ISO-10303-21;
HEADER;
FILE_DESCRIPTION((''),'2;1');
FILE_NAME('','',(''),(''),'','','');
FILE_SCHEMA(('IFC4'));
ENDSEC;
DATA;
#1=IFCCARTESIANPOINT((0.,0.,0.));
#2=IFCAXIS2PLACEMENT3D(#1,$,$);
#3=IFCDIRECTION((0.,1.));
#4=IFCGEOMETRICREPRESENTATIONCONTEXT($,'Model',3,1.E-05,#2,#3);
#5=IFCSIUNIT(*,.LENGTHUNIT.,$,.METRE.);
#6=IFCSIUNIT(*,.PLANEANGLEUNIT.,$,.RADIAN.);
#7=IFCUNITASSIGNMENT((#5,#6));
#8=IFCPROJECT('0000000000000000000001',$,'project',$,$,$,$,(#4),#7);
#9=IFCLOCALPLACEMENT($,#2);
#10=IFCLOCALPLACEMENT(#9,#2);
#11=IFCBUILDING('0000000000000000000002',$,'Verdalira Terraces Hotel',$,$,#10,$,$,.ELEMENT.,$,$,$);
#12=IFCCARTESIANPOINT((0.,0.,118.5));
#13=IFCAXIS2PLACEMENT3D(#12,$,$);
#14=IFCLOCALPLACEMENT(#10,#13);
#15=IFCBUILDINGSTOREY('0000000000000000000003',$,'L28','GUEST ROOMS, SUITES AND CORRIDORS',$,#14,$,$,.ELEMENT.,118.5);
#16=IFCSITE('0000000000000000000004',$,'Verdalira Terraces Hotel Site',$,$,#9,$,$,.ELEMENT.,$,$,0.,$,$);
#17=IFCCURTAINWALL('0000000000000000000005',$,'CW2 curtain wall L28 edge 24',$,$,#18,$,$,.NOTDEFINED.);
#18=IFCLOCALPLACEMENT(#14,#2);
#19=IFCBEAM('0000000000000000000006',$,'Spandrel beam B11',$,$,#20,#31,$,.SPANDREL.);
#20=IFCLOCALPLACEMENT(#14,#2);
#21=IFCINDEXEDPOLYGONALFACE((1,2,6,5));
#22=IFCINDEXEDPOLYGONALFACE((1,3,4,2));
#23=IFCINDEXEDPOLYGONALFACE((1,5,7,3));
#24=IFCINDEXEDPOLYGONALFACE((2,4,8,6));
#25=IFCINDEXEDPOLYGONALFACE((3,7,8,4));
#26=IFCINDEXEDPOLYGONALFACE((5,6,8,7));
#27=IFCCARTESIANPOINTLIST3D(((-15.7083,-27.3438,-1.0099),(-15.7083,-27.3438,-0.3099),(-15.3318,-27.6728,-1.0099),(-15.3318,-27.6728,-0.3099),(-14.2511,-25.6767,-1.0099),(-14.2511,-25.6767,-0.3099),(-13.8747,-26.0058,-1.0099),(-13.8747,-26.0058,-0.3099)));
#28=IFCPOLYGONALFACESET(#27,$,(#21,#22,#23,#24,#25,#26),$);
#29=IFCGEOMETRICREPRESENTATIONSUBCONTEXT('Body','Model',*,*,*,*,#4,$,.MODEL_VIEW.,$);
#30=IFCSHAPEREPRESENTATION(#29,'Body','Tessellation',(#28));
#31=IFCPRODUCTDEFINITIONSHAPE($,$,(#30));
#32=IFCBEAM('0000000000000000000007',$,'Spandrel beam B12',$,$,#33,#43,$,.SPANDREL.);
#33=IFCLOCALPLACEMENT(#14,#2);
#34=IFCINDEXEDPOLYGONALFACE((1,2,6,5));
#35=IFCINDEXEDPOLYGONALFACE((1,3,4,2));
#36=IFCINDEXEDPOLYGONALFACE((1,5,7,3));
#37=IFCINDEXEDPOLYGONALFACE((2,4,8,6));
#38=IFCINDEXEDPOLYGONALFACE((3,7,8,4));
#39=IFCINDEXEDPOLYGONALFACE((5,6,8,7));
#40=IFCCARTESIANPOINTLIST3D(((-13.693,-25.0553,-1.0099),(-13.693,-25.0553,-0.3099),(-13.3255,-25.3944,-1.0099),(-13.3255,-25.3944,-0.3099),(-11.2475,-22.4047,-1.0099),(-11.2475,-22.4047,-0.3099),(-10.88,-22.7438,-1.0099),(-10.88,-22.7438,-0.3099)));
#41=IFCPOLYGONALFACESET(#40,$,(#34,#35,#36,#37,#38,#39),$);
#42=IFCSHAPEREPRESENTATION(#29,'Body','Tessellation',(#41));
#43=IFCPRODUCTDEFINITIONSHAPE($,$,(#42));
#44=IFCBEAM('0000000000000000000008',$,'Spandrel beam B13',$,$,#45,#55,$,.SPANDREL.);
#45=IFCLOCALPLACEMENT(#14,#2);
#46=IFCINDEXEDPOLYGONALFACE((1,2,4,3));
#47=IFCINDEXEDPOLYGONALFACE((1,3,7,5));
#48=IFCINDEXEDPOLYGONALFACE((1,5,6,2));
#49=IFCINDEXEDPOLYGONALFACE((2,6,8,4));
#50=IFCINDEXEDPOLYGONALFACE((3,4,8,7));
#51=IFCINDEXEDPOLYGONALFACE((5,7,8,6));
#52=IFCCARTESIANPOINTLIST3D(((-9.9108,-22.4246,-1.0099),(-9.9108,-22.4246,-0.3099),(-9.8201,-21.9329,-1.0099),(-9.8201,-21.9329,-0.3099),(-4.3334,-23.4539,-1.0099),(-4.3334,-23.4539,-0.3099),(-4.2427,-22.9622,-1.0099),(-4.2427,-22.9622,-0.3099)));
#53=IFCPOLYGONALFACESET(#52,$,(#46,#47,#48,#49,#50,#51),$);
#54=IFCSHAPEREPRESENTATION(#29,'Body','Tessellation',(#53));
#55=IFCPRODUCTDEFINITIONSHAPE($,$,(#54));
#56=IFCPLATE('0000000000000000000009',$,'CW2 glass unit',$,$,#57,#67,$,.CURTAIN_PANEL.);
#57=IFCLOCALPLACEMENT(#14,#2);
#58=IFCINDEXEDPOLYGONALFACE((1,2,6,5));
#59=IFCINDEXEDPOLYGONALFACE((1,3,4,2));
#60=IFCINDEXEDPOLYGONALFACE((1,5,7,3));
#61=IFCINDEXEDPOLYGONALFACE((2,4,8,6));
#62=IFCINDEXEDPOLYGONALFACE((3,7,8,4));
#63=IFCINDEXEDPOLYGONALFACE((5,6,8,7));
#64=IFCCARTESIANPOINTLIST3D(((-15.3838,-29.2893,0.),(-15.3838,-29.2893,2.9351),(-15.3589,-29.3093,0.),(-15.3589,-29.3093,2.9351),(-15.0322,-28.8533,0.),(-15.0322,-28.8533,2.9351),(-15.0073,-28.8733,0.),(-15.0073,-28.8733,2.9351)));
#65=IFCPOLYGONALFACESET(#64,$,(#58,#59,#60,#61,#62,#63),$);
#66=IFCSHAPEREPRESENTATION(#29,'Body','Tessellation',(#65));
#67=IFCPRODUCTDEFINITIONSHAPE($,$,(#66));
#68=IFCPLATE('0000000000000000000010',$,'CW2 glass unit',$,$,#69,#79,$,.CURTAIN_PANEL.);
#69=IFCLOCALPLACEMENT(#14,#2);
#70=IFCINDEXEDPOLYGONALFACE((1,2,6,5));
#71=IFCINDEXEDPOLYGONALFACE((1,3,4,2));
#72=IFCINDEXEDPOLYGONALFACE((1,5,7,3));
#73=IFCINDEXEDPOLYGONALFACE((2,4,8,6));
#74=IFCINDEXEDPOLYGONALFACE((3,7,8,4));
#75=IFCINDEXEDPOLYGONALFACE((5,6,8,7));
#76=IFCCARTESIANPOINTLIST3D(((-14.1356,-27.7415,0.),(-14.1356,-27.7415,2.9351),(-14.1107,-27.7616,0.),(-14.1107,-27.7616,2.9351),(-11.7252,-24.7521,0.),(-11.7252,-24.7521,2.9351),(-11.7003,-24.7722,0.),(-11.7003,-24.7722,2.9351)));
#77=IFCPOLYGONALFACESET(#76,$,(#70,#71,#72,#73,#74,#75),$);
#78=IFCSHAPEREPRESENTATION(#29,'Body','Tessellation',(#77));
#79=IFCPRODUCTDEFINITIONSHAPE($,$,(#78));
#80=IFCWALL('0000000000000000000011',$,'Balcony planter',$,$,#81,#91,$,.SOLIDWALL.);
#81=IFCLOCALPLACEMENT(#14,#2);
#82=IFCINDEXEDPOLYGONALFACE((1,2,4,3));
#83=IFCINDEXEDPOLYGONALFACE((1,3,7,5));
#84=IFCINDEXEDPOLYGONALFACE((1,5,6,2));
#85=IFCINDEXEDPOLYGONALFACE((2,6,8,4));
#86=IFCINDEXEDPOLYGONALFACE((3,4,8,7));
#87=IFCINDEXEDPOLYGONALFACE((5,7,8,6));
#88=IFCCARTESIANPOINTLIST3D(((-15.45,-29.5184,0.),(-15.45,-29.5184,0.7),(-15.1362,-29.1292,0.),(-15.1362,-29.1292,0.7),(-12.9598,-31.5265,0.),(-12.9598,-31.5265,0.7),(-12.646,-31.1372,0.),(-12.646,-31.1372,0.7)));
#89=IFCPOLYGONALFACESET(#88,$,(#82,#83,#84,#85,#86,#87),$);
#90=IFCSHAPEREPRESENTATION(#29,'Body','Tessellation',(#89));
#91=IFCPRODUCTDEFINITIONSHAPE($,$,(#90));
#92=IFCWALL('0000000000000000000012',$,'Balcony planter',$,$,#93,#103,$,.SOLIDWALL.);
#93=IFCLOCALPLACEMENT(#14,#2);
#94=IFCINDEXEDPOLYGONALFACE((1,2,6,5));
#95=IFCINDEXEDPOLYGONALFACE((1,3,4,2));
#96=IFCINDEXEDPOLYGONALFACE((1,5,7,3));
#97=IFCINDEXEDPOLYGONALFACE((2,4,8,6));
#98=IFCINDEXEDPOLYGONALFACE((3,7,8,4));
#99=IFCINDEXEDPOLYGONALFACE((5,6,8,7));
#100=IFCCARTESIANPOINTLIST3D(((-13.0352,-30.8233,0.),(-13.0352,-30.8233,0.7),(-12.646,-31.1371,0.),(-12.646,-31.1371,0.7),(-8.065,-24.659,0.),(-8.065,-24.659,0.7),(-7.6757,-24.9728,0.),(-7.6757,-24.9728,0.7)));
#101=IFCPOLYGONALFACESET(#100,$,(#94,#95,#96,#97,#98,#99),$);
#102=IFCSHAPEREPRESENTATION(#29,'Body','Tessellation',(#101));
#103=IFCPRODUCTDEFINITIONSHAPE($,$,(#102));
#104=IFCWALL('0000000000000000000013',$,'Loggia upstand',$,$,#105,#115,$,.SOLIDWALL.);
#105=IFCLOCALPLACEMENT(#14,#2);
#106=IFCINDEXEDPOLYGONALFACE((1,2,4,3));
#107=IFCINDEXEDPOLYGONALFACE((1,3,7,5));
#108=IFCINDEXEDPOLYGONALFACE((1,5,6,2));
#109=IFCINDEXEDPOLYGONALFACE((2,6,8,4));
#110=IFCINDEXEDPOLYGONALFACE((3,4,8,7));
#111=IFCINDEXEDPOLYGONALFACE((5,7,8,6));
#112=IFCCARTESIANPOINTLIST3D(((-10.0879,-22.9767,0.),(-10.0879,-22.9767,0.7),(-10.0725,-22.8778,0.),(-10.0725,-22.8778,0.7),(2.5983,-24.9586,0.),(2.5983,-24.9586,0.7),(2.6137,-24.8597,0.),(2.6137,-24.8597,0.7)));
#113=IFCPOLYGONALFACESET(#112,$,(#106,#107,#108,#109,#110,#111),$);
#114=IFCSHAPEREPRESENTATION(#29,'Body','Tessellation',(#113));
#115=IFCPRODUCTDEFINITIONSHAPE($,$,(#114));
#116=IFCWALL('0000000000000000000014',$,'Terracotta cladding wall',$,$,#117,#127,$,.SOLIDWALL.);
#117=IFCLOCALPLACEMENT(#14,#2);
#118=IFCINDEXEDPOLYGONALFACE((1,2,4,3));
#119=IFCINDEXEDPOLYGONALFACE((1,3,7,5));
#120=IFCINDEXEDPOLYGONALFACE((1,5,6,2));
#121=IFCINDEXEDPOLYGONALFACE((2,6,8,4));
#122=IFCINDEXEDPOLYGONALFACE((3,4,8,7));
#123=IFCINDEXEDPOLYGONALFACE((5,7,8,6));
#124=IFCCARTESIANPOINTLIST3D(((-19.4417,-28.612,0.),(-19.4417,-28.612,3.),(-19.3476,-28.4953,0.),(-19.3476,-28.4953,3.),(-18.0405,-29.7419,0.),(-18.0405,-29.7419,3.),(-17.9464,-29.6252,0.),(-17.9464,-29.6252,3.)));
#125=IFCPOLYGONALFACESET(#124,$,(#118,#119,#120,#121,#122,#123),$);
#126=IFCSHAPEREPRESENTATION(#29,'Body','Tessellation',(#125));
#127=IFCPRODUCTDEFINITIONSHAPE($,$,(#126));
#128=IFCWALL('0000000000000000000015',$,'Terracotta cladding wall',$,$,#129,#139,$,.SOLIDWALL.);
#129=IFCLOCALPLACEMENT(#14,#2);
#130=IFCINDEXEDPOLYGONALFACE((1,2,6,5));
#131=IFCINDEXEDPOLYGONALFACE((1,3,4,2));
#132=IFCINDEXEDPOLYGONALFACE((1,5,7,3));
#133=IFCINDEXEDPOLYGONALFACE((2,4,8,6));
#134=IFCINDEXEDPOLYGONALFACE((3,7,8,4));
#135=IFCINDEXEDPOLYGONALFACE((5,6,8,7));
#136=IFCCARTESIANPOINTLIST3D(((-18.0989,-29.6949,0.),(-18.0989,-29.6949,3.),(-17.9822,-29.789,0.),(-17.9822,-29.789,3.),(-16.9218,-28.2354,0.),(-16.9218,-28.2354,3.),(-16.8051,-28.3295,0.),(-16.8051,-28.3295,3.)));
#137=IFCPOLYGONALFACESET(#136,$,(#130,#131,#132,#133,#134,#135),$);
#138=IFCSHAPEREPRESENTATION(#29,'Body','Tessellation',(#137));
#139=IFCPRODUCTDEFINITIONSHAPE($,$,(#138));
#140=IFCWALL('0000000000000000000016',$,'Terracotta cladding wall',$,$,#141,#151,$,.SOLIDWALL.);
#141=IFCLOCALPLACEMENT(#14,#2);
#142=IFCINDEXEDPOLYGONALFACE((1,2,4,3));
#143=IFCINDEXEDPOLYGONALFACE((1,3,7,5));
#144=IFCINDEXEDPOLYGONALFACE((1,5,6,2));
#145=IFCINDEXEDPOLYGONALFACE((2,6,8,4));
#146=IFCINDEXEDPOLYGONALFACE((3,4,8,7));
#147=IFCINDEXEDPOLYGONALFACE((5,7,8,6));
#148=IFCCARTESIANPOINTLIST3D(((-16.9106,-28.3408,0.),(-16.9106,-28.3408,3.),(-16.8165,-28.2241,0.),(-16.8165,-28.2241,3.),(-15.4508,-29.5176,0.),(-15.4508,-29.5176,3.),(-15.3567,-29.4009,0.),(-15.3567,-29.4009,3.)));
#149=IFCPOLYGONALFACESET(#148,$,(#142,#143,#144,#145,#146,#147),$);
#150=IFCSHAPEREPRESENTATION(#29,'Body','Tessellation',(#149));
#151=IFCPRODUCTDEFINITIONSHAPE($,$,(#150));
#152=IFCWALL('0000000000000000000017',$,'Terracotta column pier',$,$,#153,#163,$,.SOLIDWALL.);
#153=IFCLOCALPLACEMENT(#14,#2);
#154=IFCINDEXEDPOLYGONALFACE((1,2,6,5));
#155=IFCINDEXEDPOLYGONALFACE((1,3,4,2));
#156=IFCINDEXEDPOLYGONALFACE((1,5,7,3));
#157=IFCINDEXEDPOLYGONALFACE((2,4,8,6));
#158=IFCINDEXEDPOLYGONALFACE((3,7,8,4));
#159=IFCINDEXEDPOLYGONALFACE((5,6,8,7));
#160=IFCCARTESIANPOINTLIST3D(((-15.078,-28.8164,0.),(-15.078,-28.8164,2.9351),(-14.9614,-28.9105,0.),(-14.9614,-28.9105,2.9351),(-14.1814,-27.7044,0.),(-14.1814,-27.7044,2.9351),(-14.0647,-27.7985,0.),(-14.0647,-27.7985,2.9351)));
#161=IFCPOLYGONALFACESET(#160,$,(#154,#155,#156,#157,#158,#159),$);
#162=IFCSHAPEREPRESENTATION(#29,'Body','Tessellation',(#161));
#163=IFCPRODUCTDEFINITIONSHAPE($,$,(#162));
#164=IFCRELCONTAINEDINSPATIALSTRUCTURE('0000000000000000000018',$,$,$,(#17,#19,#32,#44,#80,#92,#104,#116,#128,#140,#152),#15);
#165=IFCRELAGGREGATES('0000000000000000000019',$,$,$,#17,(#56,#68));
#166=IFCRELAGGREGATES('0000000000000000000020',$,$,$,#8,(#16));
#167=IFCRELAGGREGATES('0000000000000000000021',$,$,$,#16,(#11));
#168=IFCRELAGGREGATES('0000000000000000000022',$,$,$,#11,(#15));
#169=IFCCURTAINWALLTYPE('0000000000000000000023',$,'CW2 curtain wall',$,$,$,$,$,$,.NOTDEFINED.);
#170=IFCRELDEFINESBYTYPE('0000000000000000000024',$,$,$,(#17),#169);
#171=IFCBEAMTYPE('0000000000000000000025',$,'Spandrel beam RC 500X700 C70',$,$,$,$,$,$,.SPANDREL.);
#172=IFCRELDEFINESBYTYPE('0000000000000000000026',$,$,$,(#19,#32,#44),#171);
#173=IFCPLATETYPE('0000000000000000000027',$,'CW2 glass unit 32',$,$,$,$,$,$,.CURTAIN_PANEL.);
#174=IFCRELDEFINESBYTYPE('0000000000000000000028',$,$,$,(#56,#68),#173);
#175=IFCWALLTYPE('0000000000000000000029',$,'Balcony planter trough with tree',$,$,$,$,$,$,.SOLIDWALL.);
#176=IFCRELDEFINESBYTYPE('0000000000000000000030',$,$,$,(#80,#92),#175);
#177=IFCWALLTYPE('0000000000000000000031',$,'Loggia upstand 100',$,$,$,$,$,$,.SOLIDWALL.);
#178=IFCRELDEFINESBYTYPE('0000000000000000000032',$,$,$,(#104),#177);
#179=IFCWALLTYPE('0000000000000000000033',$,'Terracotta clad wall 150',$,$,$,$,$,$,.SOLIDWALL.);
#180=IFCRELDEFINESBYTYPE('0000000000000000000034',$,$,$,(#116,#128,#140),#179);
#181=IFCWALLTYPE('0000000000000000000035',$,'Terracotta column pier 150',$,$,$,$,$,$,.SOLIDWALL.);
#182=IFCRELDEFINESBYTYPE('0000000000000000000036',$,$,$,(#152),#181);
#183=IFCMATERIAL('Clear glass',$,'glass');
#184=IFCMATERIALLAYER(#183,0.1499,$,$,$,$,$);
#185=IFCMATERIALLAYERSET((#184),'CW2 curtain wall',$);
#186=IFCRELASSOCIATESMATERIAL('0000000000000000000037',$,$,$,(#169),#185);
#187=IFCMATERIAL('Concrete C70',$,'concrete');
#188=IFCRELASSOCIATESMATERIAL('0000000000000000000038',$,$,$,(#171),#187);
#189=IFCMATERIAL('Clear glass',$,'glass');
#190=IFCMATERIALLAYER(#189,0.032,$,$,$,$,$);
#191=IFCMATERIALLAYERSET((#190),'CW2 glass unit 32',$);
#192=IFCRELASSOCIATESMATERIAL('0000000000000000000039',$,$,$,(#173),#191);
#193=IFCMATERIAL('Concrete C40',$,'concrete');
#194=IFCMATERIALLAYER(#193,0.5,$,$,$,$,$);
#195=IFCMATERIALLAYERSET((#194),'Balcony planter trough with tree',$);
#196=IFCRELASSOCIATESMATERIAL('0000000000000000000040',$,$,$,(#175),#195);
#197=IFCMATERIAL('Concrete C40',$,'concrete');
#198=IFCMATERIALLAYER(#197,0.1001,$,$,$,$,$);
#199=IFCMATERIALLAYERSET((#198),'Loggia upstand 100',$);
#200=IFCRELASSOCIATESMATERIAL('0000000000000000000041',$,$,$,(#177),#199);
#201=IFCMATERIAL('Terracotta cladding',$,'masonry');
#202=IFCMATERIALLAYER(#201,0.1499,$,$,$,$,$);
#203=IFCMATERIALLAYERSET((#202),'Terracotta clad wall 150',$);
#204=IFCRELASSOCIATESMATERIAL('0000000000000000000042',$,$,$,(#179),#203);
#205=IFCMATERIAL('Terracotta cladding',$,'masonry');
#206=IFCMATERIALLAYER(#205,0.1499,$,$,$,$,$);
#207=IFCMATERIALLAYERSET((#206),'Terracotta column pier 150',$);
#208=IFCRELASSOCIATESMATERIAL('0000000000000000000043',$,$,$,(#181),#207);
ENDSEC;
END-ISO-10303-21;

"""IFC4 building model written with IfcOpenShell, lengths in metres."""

from ifc_helpers import new_model, si_unit, direction, frame, frame_2d, origin, origin_2d, place, context, subcontext, project, spatial, rectangle, extrude, material, layer, layer_set, material_profile, profile_set, type_object, element, aggregate, save


model = new_model("IFC4")

# Units and contexts
model_context = context("Model", 3, precision=1e-05, world=origin(), true_north=direction((0.0, 1.0)))
body_context = subcontext(model_context, "Body", "Model", "MODEL_VIEW")
ifc_project = project(units=[si_unit("LENGTHUNIT", "METRE"), si_unit("PLANEANGLEUNIT", "RADIAN")], contexts=[model_context])

# Site, building, storey
site_placement = place(None, origin())
site = spatial("IfcSite", under=ifc_project, at=site_placement, Name="Verdalira Terraces Hotel Site", CompositionType="ELEMENT", RefElevation=0.0)
building_placement = place(site_placement, origin())
building = spatial("IfcBuilding", under=site, at=building_placement, Name="Verdalira Terraces Hotel", CompositionType="ELEMENT")
storey_placement = place(building_placement, frame((0.0, 0.0, 118.5)))
storey = spatial("IfcBuildingStorey", under=building, at=storey_placement, Name="L28", Description="GUEST ROOMS, SUITES AND CORRIDORS", CompositionType="ELEMENT", Elevation=118.5)

# Curtain wall
ifc_material_1 = material(Name="Clear glass", Category="glass")
ifc_layer_1 = layer(ifc_material_1, 0.1499)
ifc_layer_set_1 = layer_set([ifc_layer_1], Name="CW2 curtain wall")
curtain_wall_type = type_object("IfcCurtainWallType", Name="CW2 curtain wall", PredefinedType="NOTDEFINED", material=ifc_layer_set_1)
curtain_wall_placement = place(storey_placement, origin())
curtain_wall = element("IfcCurtainWall", 1, at=curtain_wall_placement, inside=storey, type_object=curtain_wall_type, Name="CW2 curtain wall L28 edge 24", PredefinedType="NOTDEFINED")

# Beams
ifc_material_2 = material(Name="Concrete C70", Category="concrete")
ifc_material_profile_1 = material_profile(ifc_material_2, rectangle(XDim=0.5, YDim=0.7, at=origin_2d()), Name="RC 500X700")
ifc_profile_set_1 = profile_set([ifc_material_profile_1], Name="Concrete C70")
beam_type_1 = type_object("IfcBeamType", Name="Spandrel beam RC 500X700 C70", PredefinedType="SPANDREL", material=ifc_profile_set_1)
beam_1_placement = place(storey_placement, frame((-15.52, -27.5083, -0.6599), z_axis=(0.658099, 0.752932, 0.0), x_axis=(-0.752932, 0.658099, 0.0)))
element("IfcBeam", 2, at=beam_1_placement, inside=storey, type_object=beam_type_1, Name="Spandrel beam B11", PredefinedType="SPANDREL", context=body_context, shape_type="SweptSolid", body=[
    extrude(rectangle(XDim=0.5, YDim=0.7, at=origin_2d()), origin(), (0.0, 0.0, 1.0), 2.2141),
])
beam_2_placement = place(storey_placement, frame((-13.5093, -25.2249, -0.6599), z_axis=(0.678103, 0.734967, 0.0), x_axis=(-0.734967, 0.678103, 0.0)))
element("IfcBeam", 3, at=beam_2_placement, inside=storey, type_object=beam_type_1, Name="Spandrel beam B12", PredefinedType="SPANDREL", context=body_context, shape_type="SweptSolid", body=[
    extrude(rectangle(XDim=0.5, YDim=0.7, at=origin_2d()), origin(), (0.0, 0.0, 1.0), 3.6064),
])
beam_3_placement = place(storey_placement, frame((-9.8655, -22.1787, -0.6599), z_axis=(0.983394, -0.181483, 0.0), x_axis=(0.181483, 0.983394, 0.0)))
element("IfcBeam", 4, at=beam_3_placement, inside=storey, type_object=beam_type_1, Name="Spandrel beam B13", PredefinedType="SPANDREL", context=body_context, shape_type="SweptSolid", body=[
    extrude(rectangle(XDim=0.5, YDim=0.7, at=origin_2d()), origin(), (0.0, 0.0, 1.0), 5.6716),
])

# Plates
ifc_material_3 = material(Name="Clear glass", Category="glass")
ifc_layer_2 = layer(ifc_material_3, 0.032)
ifc_layer_set_2 = layer_set([ifc_layer_2], Name="CW2 glass unit 32")
plate_type = type_object("IfcPlateType", Name="CW2 glass unit 32", PredefinedType="CURTAIN_PANEL", material=ifc_layer_set_2)
plate_1_placement = place(storey_placement, frame((-15.1956, -29.0813, 0.0), z_axis=(0.0, 0.0, 1.0), x_axis=(0.627691, 0.778462, 0.0)))
plate_1 = element("IfcPlate", 5, at=plate_1_placement, type_object=plate_type, Name="CW2 glass unit", PredefinedType="CURTAIN_PANEL", context=body_context, shape_type="SweptSolid", body=[
    extrude(rectangle(XDim=0.5601, YDim=0.032, at=origin_2d()), origin(), (0.0, 0.0, 1.0), 2.9351),
])
plate_2_placement = place(storey_placement, frame((-12.918, -26.2568, 0.0), z_axis=(0.0, 0.0, 1.0), x_axis=(0.627691, 0.778462, 0.0)))
plate_2 = element("IfcPlate", 6, at=plate_2_placement, type_object=plate_type, Name="CW2 glass unit", PredefinedType="CURTAIN_PANEL", context=body_context, shape_type="SweptSolid", body=[
    extrude(rectangle(XDim=3.8401, YDim=0.032, at=origin_2d()), origin(), (0.0, 0.0, 1.0), 2.9351),
])
aggregate(curtain_wall, [plate_1, plate_2])

# Walls
ifc_material_4 = material(Name="Concrete C40", Category="concrete")
ifc_layer_3 = layer(ifc_material_4, 0.5)
ifc_layer_set_3 = layer_set([ifc_layer_3], Name="Balcony planter trough with tree")
wall_type_1 = type_object("IfcWallType", Name="Balcony planter trough with tree", PredefinedType="SOLIDWALL", material=ifc_layer_set_3)
wall_1_placement = place(storey_placement, frame((-15.2932, -29.3237, 0.0), z_axis=(0.0, 0.0, 1.0), x_axis=(0.778443, -0.627715, 0.0)))
element("IfcWall", 7, at=wall_1_placement, inside=storey, type_object=wall_type_1, Name="Balcony planter", PredefinedType="SOLIDWALL", context=body_context, shape_type="SweptSolid", body=[
    extrude(rectangle(XDim=3.199, YDim=0.5, at=frame_2d((1.5996, 0.0))), origin(), (0.0, 0.0, 1.0), 0.7),
])
wall_2_placement = place(storey_placement, frame((-12.8406, -30.9802, 0.0), z_axis=(0.0, 0.0, 1.0), x_axis=(0.627676, 0.778475, 0.0)))
element("IfcWall", 8, at=wall_2_placement, inside=storey, type_object=wall_type_1, Name="Balcony planter", PredefinedType="SOLIDWALL", context=body_context, shape_type="SweptSolid", body=[
    extrude(rectangle(XDim=7.9185, YDim=0.5, at=frame_2d((3.9592, 0.0))), origin(), (0.0, 0.0, 1.0), 0.7),
])
ifc_material_5 = material(Name="Concrete C40", Category="concrete")
ifc_layer_4 = layer(ifc_material_5, 0.1001)
ifc_layer_set_4 = layer_set([ifc_layer_4], Name="Loggia upstand 100")
wall_type_2 = type_object("IfcWallType", Name="Loggia upstand 100", PredefinedType="SOLIDWALL", material=ifc_layer_set_4)
wall_3_placement = place(storey_placement, frame((-10.0801, -22.9272, 0.0), z_axis=(0.0, 0.0, 1.0), x_axis=(0.988016, -0.154354, 0.0)))
element("IfcWall", 9, at=wall_3_placement, inside=storey, type_object=wall_type_2, Name="Loggia upstand", PredefinedType="SOLIDWALL", context=body_context, shape_type="SweptSolid", body=[
    extrude(rectangle(XDim=12.8401, YDim=0.1001, at=frame_2d((6.4199, 0.0))), origin(), (0.0, 0.0, 1.0), 0.7),
])
ifc_material_6 = material(Name="Terracotta cladding", Category="masonry")
ifc_layer_5 = layer(ifc_material_6, 0.1499)
ifc_layer_set_5 = layer_set([ifc_layer_5], Name="Terracotta clad wall 150")
wall_type_3 = type_object("IfcWallType", Name="Terracotta clad wall 150", PredefinedType="SOLIDWALL", material=ifc_layer_set_5)
wall_4_placement = place(storey_placement, frame((-19.3945, -28.5537, 0.0), z_axis=(0.0, 0.0, 1.0), x_axis=(0.778428, -0.627734, 0.0)))
element("IfcWall", 10, at=wall_4_placement, inside=storey, type_object=wall_type_3, Name="Terracotta cladding wall", PredefinedType="SOLIDWALL", context=body_context, shape_type="SweptSolid", body=[
    extrude(rectangle(XDim=1.8, YDim=0.1499, at=frame_2d((0.8999, 0.0))), origin(), (0.0, 0.0, 1.0), 3.0),
])
for number, where, z_axis, x_axis, name in (
    (11, (-18.0405, -29.7419, 0.0), (0.0, 0.0, 1.0), (0.627755, 0.778411, 0.0), "Terracotta cladding wall"),
    (12, (-16.8635, -28.2825, 0.0), (0.0, 0.0, 1.0), (0.778526, -0.627612, 0.0), "Terracotta cladding wall"),
):
    element("IfcWall", number, at=place(storey_placement, frame(where, z_axis=z_axis, x_axis=x_axis)), inside=storey, type_object=wall_type_3, Name=name, PredefinedType="SOLIDWALL", context=body_context, shape_type="SweptSolid", body=[
        extrude(rectangle(XDim=1.875, YDim=0.1499, at=frame_2d((0.9375, 0.0))), origin(), (0.0, 0.0, 1.0), 3.0),
    ])
ifc_material_7 = material(Name="Terracotta cladding", Category="masonry")
ifc_layer_6 = layer(ifc_material_7, 0.1499)
ifc_layer_set_6 = layer_set([ifc_layer_6], Name="Terracotta column pier 150")
wall_type_4 = type_object("IfcWallType", Name="Terracotta column pier 150", PredefinedType="SOLIDWALL", material=ifc_layer_set_6)
wall_5_placement = place(storey_placement, frame((-15.0198, -28.8635, 0.0), z_axis=(0.0, 0.0, 1.0), x_axis=(0.627712, 0.778445, 0.0)))
element("IfcWall", 13, at=wall_5_placement, inside=storey, type_object=wall_type_4, Name="Terracotta column pier", PredefinedType="SOLIDWALL", context=body_context, shape_type="SweptSolid", body=[
    extrude(rectangle(XDim=1.4285, YDim=0.1499, at=frame_2d((0.7144, 0.0))), origin(), (0.0, 0.0, 1.0), 2.9351),
])

save(model, "model.ifc")
